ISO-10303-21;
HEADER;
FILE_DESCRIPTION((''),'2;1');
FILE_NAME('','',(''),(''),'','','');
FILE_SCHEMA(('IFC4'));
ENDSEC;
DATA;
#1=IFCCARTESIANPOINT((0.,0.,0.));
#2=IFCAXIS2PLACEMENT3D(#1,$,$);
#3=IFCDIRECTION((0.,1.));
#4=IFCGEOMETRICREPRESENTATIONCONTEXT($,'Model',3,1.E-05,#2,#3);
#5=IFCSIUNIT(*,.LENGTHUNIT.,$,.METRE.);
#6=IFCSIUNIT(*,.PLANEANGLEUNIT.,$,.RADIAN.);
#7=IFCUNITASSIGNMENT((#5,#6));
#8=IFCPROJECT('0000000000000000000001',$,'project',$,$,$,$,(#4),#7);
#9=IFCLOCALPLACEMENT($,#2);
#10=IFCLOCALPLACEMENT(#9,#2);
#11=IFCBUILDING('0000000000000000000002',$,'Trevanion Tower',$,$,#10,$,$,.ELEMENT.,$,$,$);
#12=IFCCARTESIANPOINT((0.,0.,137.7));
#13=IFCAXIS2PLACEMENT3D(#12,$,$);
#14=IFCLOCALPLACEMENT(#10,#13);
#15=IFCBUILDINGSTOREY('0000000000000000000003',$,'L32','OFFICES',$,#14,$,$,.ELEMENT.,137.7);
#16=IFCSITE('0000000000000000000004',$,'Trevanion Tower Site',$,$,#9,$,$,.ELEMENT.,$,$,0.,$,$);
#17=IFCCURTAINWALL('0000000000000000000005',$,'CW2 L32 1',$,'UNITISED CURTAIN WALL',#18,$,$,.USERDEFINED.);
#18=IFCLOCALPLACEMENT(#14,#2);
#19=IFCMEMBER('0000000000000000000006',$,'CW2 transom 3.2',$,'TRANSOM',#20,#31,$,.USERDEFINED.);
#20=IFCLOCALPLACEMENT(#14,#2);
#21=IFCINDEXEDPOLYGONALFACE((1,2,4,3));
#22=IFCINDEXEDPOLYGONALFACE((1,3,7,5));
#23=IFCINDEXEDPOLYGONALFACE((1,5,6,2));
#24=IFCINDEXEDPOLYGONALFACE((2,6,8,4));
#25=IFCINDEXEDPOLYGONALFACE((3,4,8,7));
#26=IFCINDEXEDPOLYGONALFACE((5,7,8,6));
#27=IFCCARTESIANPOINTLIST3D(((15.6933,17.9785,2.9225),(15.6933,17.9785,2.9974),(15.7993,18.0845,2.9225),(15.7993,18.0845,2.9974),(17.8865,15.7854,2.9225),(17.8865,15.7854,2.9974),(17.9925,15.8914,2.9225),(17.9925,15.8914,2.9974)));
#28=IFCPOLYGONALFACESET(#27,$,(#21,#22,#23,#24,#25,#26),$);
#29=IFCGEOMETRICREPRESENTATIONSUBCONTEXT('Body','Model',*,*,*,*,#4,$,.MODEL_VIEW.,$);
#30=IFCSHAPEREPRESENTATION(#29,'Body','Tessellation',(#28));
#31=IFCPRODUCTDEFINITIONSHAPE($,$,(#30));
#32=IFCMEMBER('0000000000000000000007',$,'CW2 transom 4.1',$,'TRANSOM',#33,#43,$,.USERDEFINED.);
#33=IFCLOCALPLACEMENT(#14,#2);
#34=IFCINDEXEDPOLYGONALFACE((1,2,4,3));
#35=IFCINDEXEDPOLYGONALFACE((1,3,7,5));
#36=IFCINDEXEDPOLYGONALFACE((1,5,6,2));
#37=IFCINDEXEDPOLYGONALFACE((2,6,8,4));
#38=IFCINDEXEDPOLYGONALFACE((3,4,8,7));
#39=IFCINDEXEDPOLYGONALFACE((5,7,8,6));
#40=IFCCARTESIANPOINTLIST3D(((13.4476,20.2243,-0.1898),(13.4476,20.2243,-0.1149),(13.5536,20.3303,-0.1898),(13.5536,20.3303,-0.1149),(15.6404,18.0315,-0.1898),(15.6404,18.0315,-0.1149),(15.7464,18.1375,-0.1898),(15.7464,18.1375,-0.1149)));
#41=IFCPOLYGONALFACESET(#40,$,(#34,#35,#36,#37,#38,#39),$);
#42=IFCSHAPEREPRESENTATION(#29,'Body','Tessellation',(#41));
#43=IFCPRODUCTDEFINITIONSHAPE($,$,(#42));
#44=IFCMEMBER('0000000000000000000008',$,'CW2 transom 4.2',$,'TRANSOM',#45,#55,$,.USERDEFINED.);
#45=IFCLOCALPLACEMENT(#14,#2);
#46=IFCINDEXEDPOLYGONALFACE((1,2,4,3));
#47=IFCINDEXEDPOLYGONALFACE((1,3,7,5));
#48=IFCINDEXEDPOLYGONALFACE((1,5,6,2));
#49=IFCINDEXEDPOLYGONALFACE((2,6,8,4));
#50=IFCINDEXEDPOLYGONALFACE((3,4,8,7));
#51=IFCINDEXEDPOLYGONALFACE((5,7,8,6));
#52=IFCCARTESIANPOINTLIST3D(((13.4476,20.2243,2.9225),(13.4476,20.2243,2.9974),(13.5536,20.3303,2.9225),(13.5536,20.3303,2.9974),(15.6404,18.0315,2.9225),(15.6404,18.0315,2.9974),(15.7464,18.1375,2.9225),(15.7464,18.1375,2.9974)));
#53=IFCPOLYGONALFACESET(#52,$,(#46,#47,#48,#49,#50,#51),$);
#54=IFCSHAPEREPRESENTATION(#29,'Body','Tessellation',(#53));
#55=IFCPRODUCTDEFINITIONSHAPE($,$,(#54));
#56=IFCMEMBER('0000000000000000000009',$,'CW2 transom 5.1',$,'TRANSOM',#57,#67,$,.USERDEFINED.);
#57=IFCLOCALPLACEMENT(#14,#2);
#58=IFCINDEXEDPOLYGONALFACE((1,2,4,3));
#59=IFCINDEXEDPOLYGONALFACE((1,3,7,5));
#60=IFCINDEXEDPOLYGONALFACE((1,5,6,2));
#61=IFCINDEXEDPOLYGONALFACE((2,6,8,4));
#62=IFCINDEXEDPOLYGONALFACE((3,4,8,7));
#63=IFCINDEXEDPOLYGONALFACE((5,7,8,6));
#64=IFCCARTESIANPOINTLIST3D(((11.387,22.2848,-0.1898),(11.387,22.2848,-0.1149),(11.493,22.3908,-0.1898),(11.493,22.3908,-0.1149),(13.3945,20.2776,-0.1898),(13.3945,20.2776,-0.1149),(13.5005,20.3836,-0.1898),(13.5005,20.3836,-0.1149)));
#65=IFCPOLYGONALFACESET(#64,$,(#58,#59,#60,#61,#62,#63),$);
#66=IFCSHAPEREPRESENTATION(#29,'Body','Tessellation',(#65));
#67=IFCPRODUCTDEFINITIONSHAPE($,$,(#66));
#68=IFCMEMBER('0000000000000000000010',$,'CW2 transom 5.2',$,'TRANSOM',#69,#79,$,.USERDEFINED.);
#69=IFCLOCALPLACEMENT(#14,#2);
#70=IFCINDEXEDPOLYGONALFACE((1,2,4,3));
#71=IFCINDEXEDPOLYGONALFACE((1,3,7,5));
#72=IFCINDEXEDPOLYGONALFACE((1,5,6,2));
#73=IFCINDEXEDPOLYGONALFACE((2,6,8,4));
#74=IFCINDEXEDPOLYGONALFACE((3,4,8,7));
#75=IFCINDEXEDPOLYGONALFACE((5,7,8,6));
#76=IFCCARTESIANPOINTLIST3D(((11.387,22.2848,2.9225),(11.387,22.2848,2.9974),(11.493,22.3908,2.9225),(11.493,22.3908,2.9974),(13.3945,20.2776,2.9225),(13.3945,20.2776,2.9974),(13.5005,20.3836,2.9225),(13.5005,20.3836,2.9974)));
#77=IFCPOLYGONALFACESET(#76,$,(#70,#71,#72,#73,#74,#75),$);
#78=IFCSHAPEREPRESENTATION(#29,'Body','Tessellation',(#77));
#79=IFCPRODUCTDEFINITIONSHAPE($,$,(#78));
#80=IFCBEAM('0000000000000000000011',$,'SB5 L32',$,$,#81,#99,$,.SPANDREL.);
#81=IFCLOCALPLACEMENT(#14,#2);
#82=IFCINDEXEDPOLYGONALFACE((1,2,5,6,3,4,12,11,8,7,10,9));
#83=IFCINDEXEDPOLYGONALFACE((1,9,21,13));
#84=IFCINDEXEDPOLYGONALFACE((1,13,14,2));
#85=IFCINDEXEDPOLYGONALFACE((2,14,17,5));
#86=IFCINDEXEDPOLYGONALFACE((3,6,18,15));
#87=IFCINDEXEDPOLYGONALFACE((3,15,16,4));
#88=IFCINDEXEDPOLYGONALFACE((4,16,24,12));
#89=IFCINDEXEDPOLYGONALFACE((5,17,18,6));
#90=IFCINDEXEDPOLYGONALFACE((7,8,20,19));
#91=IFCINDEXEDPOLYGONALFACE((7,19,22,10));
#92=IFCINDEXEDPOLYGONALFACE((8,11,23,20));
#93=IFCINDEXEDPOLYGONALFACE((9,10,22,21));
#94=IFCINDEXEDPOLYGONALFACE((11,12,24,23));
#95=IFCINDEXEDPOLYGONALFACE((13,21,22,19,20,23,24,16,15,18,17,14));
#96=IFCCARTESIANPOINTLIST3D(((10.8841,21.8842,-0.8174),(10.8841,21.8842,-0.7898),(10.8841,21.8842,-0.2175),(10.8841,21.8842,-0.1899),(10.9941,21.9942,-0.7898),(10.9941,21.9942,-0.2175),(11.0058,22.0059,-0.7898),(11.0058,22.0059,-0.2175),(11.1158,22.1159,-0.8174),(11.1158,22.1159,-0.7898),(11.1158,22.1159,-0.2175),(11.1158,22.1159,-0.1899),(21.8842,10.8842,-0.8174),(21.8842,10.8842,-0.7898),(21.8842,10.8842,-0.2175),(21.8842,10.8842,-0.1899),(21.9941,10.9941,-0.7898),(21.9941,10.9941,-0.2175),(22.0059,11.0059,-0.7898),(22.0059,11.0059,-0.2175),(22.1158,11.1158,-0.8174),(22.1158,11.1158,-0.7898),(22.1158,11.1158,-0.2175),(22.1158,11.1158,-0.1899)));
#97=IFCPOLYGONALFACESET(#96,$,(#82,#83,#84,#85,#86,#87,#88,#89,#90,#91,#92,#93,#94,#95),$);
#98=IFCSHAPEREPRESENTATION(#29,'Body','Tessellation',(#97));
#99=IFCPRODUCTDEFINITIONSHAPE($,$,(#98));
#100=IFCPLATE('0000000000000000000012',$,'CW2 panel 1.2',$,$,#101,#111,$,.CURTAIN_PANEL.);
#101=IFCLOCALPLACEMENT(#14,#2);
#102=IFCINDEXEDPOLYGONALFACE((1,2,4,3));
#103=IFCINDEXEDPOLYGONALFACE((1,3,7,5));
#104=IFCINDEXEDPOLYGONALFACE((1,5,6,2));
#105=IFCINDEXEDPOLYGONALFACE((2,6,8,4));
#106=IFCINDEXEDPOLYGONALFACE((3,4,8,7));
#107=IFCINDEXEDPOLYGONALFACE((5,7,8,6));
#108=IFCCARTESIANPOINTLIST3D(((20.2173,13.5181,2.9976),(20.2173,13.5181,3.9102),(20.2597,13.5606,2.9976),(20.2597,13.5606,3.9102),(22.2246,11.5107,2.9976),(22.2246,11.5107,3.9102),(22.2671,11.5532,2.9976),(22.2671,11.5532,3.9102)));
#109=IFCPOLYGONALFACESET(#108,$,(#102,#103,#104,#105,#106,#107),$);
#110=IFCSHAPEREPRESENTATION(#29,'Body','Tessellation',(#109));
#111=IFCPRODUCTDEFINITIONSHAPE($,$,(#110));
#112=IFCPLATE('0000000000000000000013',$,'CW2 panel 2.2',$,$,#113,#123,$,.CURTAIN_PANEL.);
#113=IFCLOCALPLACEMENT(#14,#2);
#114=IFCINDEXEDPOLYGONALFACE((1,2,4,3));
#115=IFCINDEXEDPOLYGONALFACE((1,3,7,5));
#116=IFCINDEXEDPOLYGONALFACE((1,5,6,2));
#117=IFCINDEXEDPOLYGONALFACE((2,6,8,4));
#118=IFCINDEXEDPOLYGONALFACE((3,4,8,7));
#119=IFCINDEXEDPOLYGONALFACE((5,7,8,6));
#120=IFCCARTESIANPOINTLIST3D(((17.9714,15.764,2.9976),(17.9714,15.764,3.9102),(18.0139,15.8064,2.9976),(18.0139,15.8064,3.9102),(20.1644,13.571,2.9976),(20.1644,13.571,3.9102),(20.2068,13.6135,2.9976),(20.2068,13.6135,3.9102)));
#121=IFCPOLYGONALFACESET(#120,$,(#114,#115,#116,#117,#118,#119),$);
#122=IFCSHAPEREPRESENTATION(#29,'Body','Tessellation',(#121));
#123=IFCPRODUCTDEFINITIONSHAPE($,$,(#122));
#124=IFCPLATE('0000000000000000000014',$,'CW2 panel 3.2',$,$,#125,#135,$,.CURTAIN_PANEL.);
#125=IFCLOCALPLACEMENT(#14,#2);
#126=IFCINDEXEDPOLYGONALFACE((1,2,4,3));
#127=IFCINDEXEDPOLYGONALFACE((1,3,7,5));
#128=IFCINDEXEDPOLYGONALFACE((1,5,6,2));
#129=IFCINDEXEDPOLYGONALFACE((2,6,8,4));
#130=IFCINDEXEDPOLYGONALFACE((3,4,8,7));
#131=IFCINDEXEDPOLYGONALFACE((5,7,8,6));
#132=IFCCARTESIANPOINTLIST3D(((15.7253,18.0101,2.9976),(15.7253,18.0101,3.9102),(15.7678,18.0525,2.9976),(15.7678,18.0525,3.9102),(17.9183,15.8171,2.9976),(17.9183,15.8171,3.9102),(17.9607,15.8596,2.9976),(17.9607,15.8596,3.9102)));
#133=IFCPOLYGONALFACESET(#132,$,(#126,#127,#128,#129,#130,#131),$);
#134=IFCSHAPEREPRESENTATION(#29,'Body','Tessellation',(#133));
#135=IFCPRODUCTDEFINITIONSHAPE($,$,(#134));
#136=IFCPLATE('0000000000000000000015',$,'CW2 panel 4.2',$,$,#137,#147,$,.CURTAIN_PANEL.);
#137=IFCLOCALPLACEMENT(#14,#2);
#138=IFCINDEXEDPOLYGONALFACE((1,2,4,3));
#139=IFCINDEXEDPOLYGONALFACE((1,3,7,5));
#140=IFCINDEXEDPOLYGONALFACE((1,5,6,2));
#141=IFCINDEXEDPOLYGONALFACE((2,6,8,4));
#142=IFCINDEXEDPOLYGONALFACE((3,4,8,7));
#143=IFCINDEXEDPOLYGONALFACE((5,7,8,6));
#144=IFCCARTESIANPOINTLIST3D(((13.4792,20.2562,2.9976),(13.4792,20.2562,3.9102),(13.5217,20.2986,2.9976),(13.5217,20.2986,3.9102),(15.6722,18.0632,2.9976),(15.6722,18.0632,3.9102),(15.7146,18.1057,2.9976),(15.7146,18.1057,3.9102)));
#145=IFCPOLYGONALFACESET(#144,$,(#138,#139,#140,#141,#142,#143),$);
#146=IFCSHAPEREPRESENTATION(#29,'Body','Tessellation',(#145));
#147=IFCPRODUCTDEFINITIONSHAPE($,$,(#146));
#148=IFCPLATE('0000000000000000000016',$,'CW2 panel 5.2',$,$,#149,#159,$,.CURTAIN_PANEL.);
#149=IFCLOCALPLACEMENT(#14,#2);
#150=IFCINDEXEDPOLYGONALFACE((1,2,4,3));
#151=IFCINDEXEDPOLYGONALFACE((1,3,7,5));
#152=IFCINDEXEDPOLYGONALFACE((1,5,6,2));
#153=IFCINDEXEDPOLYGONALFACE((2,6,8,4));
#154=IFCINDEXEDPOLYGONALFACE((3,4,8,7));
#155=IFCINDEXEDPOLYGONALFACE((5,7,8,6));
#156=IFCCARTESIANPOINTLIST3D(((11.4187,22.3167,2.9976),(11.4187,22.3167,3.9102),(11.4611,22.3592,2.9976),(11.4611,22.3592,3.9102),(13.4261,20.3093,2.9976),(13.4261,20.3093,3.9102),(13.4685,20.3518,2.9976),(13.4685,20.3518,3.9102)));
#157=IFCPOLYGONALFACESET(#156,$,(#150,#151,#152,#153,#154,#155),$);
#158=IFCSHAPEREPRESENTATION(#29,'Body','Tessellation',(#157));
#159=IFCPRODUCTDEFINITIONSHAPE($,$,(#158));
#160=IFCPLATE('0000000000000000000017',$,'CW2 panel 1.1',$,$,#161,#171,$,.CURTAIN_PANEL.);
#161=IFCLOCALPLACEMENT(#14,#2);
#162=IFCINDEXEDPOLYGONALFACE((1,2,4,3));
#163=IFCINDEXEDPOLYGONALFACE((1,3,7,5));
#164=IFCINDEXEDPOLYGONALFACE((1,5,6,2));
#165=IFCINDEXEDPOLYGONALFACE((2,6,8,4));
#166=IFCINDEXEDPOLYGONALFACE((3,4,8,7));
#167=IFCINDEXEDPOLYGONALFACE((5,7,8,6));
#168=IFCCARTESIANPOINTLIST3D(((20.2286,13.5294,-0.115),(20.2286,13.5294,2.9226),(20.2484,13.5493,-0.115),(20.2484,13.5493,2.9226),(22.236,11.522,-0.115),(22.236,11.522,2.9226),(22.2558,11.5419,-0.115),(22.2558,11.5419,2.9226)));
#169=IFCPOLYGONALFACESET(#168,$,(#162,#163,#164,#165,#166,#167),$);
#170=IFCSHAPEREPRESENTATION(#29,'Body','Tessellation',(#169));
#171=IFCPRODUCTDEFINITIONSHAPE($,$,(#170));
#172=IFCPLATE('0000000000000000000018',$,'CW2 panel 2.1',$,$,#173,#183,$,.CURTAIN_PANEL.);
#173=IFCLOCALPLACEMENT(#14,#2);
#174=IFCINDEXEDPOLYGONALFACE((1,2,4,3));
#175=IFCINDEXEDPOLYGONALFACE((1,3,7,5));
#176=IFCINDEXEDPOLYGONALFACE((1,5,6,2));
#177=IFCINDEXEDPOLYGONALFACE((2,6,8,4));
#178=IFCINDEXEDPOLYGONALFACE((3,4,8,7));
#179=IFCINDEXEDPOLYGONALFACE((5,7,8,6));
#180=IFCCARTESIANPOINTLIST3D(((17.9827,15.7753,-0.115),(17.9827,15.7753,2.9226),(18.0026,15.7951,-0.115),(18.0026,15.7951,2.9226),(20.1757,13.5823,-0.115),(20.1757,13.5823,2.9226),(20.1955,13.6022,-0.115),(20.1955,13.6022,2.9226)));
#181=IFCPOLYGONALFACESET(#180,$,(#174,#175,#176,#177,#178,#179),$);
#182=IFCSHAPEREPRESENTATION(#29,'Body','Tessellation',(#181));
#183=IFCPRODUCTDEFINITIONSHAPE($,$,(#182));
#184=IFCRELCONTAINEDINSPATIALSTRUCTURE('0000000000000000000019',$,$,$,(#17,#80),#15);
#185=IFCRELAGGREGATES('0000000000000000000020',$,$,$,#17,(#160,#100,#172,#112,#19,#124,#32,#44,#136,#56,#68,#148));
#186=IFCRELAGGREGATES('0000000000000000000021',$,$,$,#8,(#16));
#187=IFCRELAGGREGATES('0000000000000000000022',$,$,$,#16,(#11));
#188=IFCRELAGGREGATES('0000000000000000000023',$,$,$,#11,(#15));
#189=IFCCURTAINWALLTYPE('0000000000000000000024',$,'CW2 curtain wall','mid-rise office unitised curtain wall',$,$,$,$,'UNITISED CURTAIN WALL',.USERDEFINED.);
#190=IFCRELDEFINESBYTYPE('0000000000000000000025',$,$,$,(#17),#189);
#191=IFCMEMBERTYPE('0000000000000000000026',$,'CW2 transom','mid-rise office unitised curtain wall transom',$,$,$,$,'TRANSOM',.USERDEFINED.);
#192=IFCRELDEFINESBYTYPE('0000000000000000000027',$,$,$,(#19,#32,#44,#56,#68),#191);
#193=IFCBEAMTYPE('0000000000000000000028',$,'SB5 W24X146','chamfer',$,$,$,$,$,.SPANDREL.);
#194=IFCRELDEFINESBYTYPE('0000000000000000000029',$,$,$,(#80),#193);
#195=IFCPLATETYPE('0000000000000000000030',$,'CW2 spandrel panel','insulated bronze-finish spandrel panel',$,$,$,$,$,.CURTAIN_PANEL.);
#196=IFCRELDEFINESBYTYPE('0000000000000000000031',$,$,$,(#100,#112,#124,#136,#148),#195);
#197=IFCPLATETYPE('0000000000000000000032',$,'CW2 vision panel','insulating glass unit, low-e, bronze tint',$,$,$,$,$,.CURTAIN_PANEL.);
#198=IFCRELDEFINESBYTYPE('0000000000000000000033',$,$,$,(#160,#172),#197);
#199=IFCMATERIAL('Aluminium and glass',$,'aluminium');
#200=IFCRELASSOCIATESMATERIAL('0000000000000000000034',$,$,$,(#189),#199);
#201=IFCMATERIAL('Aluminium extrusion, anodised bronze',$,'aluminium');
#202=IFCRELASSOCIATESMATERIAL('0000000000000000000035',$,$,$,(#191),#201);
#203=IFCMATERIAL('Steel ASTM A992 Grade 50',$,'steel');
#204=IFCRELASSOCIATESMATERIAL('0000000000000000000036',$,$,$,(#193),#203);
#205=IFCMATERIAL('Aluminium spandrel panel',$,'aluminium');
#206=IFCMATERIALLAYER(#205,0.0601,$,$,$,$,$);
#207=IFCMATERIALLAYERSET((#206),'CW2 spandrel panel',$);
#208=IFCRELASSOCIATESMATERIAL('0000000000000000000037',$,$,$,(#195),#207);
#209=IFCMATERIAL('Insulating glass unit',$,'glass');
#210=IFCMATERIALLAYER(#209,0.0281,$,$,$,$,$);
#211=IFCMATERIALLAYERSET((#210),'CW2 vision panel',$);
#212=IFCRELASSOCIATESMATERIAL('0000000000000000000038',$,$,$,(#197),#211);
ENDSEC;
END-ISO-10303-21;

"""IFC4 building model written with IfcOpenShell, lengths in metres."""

from ifc_helpers import new_model, si_unit, direction, frame, origin, origin_2d, place, context, subcontext, project, spatial, rectangle, i_section, extrude, material, layer, layer_set, material_profile, profile_set, type_object, element, aggregate, save


model = new_model("IFC4")

# Units and contexts
model_context = context("Model", 3, precision=1e-05, world=origin(), true_north=direction((0.0, 1.0)))
body_context = subcontext(model_context, "Body", "Model", "MODEL_VIEW")
ifc_project = project(units=[si_unit("LENGTHUNIT", "METRE"), si_unit("PLANEANGLEUNIT", "RADIAN")], contexts=[model_context])

# Site, building, storey
site_placement = place(None, origin())
site = spatial("IfcSite", under=ifc_project, at=site_placement, Name="Trevanion Tower Site", CompositionType="ELEMENT", RefElevation=0.0)
building_placement = place(site_placement, origin())
building = spatial("IfcBuilding", under=site, at=building_placement, Name="Trevanion Tower", CompositionType="ELEMENT")
storey_placement = place(building_placement, frame((0.0, 0.0, 137.7)))
storey = spatial("IfcBuildingStorey", under=building, at=storey_placement, Name="L32", Description="OFFICES", CompositionType="ELEMENT", Elevation=137.7)

# Curtain wall
ifc_material_1 = material(Name="Aluminium and glass", Category="aluminium")
curtain_wall_type = type_object("IfcCurtainWallType", Name="CW2 curtain wall", Description="mid-rise office unitised curtain wall", ElementType="UNITISED CURTAIN WALL", PredefinedType="USERDEFINED", material=ifc_material_1)
curtain_wall_1_placement = place(storey_placement, origin())
curtain_wall_1 = element("IfcCurtainWall", 1, at=curtain_wall_1_placement, inside=storey, type_object=curtain_wall_type, Name="CW2 L32 1", ObjectType="UNITISED CURTAIN WALL", PredefinedType="USERDEFINED")

# Members
ifc_material_2 = material(Name="Aluminium extrusion, anodised bronze", Category="aluminium")
ifc_material_profile_1 = material_profile(ifc_material_2, rectangle(XDim=0.1499, YDim=0.075, at=origin_2d()), Name="CW2 transom")
ifc_profile_set_1 = profile_set([ifc_material_profile_1], Name="Aluminium extrusion, anodised bronze")
member_type_1 = type_object("IfcMemberType", Name="CW2 transom", Description="mid-rise office unitised curtain wall transom", ElementType="TRANSOM", PredefinedType="USERDEFINED", material=ifc_profile_set_1)
member_1_placement = place(storey_placement, frame((17.9395, 15.8384, 2.96), z_axis=(-0.707107, 0.707107, 0.0), x_axis=(-0.707107, -0.707107, 0.0)))
member_1 = element("IfcMember", 2, at=member_1_placement, type_object=member_type_1, Name="CW2 transom 3.2", ObjectType="TRANSOM", PredefinedType="USERDEFINED", context=body_context, shape_type="SweptSolid", body=[
    extrude(rectangle(XDim=0.1499, YDim=0.075, at=origin_2d()), origin(), (0.0, 0.0, 1.0), 3.1016),
])
member_2_placement = place(storey_placement, frame((15.6934, 18.0845, -0.1523), z_axis=(-0.707107, 0.707107, 0.0), x_axis=(-0.707107, -0.707107, 0.0)))
member_2 = element("IfcMember", 3, at=member_2_placement, type_object=member_type_1, Name="CW2 transom 4.1", ObjectType="TRANSOM", PredefinedType="USERDEFINED", context=body_context, shape_type="SweptSolid", body=[
    extrude(rectangle(XDim=0.1499, YDim=0.075, at=origin_2d()), origin(), (0.0, 0.0, 1.0), 3.1011),
])
member_3_placement = place(storey_placement, frame((15.6934, 18.0845, 2.96), z_axis=(-0.707107, 0.707107, 0.0), x_axis=(-0.707107, -0.707107, 0.0)))
member_3 = element("IfcMember", 4, at=member_3_placement, type_object=member_type_1, Name="CW2 transom 4.2", ObjectType="TRANSOM", PredefinedType="USERDEFINED", context=body_context, shape_type="SweptSolid", body=[
    extrude(rectangle(XDim=0.1499, YDim=0.075, at=origin_2d()), origin(), (0.0, 0.0, 1.0), 3.1011),
])
member_4_placement = place(storey_placement, frame((13.4475, 20.3306, -0.1523), z_axis=(-0.70715, 0.707064, 0.0), x_axis=(-0.707064, -0.70715, 0.0)))
member_4 = element("IfcMember", 5, at=member_4_placement, type_object=member_type_1, Name="CW2 transom 5.1", ObjectType="TRANSOM", PredefinedType="USERDEFINED", context=body_context, shape_type="SweptSolid", body=[
    extrude(rectangle(XDim=0.1499, YDim=0.075, at=origin_2d()), origin(), (0.0, 0.0, 1.0), 2.8389),
])
member_5_placement = place(storey_placement, frame((13.4475, 20.3306, 2.96), z_axis=(-0.70715, 0.707064, 0.0), x_axis=(-0.707064, -0.70715, 0.0)))
member_5 = element("IfcMember", 6, at=member_5_placement, type_object=member_type_1, Name="CW2 transom 5.2", ObjectType="TRANSOM", PredefinedType="USERDEFINED", context=body_context, shape_type="SweptSolid", body=[
    extrude(rectangle(XDim=0.1499, YDim=0.075, at=origin_2d()), origin(), (0.0, 0.0, 1.0), 2.8389),
])

# Beam
ifc_material_3 = material(Name="Steel ASTM A992 Grade 50", Category="steel")
ifc_material_profile_2 = material_profile(ifc_material_3, i_section(OverallWidth=0.3276, OverallDepth=0.6274, WebThickness=0.0166, FlangeThickness=0.0276, at=origin_2d()), Name="W24X146")
ifc_profile_set_2 = profile_set([ifc_material_profile_2], Name="Steel ASTM A992 Grade 50")
beam_type_1 = type_object("IfcBeamType", Name="SB5 W24X146", Description="chamfer", PredefinedType="SPANDREL", material=ifc_profile_set_2)
beam_1_placement = place(storey_placement, frame((22.0, 11.0, -0.5037), z_axis=(-0.707107, 0.707107, 0.0), x_axis=(-0.707107, -0.707107, 0.0)))
element("IfcBeam", 7, at=beam_1_placement, inside=storey, type_object=beam_type_1, Name="SB5 L32", PredefinedType="SPANDREL", context=body_context, shape_type="SweptSolid", body=[
    extrude(i_section(OverallWidth=0.3276, OverallDepth=0.6274, WebThickness=0.0166, FlangeThickness=0.0276, at=origin_2d()), origin(), (0.0, 0.0, 1.0), 15.5564),
])

# Plates
ifc_material_4 = material(Name="Aluminium spandrel panel", Category="aluminium")
ifc_layer_1 = layer(ifc_material_4, 0.0601)
ifc_layer_set_1 = layer_set([ifc_layer_1], Name="CW2 spandrel panel")
plate_type_1 = type_object("IfcPlateType", Name="CW2 spandrel panel", Description="insulated bronze-finish spandrel panel", PredefinedType="CURTAIN_PANEL", material=ifc_layer_set_1)
plate_1_placement = place(storey_placement, frame((21.2422, 12.5356, 2.9976), z_axis=(0.0, 0.0, 1.0), x_axis=(-0.707107, 0.707107, 0.0)))
plate_1 = element("IfcPlate", 8, at=plate_1_placement, type_object=plate_type_1, Name="CW2 panel 1.2", PredefinedType="CURTAIN_PANEL", context=body_context, shape_type="SweptSolid", body=[
    extrude(rectangle(XDim=2.8389, YDim=0.0601, at=origin_2d()), origin(), (0.0, 0.0, 1.0), 0.9126),
])
plate_2_placement = place(storey_placement, frame((19.0891, 14.6887, 2.9976), z_axis=(0.0, 0.0, 1.0), x_axis=(-0.707107, 0.707107, 0.0)))
plate_2 = element("IfcPlate", 9, at=plate_2_placement, type_object=plate_type_1, Name="CW2 panel 2.2", PredefinedType="CURTAIN_PANEL", context=body_context, shape_type="SweptSolid", body=[
    extrude(rectangle(XDim=3.1013, YDim=0.0601, at=origin_2d()), origin(), (0.0, 0.0, 1.0), 0.9126),
])
plate_3_placement = place(storey_placement, frame((16.843, 16.9348, 2.9976), z_axis=(0.0, 0.0, 1.0), x_axis=(-0.707107, 0.707107, 0.0)))
plate_3 = element("IfcPlate", 10, at=plate_3_placement, type_object=plate_type_1, Name="CW2 panel 3.2", PredefinedType="CURTAIN_PANEL", context=body_context, shape_type="SweptSolid", body=[
    extrude(rectangle(XDim=3.1013, YDim=0.0601, at=origin_2d()), origin(), (0.0, 0.0, 1.0), 0.9126),
])
plate_4_placement = place(storey_placement, frame((14.5969, 19.1809, 2.9976), z_axis=(0.0, 0.0, 1.0), x_axis=(-0.707107, 0.707107, 0.0)))
plate_4 = element("IfcPlate", 11, at=plate_4_placement, type_object=plate_type_1, Name="CW2 panel 4.2", PredefinedType="CURTAIN_PANEL", context=body_context, shape_type="SweptSolid", body=[
    extrude(rectangle(XDim=3.1013, YDim=0.0601, at=origin_2d()), origin(), (0.0, 0.0, 1.0), 0.9126),
])
plate_5_placement = place(storey_placement, frame((12.4436, 21.3342, 2.9976), z_axis=(0.0, 0.0, 1.0), x_axis=(-0.707107, 0.707107, 0.0)))
plate_5 = element("IfcPlate", 12, at=plate_5_placement, type_object=plate_type_1, Name="CW2 panel 5.2", PredefinedType="CURTAIN_PANEL", context=body_context, shape_type="SweptSolid", body=[
    extrude(rectangle(XDim=2.8389, YDim=0.0601, at=origin_2d()), origin(), (0.0, 0.0, 1.0), 0.9126),
])
ifc_material_5 = material(Name="Insulating glass unit", Category="glass")
ifc_layer_2 = layer(ifc_material_5, 0.0281)
ifc_layer_set_2 = layer_set([ifc_layer_2], Name="CW2 vision panel")
plate_type_2 = type_object("IfcPlateType", Name="CW2 vision panel", Description="insulating glass unit, low-e, bronze tint", PredefinedType="CURTAIN_PANEL", material=ifc_layer_set_2)
plate_6_placement = place(storey_placement, frame((21.2422, 12.5356, -0.115), z_axis=(0.0, 0.0, 1.0), x_axis=(-0.707107, 0.707107, 0.0)))
plate_6 = element("IfcPlate", 13, at=plate_6_placement, type_object=plate_type_2, Name="CW2 panel 1.1", PredefinedType="CURTAIN_PANEL", context=body_context, shape_type="SweptSolid", body=[
    extrude(rectangle(XDim=2.8389, YDim=0.0281, at=origin_2d()), origin(), (0.0, 0.0, 1.0), 3.0376),
])
plate_7_placement = place(storey_placement, frame((19.0891, 14.6887, -0.115), z_axis=(0.0, 0.0, 1.0), x_axis=(-0.707107, 0.707107, 0.0)))
plate_7 = element("IfcPlate", 14, at=plate_7_placement, type_object=plate_type_2, Name="CW2 panel 2.1", PredefinedType="CURTAIN_PANEL", context=body_context, shape_type="SweptSolid", body=[
    extrude(rectangle(XDim=3.1013, YDim=0.0281, at=origin_2d()), origin(), (0.0, 0.0, 1.0), 3.0376),
])
aggregate(curtain_wall_1, [plate_6, plate_1, plate_7, plate_2, member_1, plate_3, member_2, member_3, plate_4, member_4, member_5, plate_5])

save(model, "model.ifc")
